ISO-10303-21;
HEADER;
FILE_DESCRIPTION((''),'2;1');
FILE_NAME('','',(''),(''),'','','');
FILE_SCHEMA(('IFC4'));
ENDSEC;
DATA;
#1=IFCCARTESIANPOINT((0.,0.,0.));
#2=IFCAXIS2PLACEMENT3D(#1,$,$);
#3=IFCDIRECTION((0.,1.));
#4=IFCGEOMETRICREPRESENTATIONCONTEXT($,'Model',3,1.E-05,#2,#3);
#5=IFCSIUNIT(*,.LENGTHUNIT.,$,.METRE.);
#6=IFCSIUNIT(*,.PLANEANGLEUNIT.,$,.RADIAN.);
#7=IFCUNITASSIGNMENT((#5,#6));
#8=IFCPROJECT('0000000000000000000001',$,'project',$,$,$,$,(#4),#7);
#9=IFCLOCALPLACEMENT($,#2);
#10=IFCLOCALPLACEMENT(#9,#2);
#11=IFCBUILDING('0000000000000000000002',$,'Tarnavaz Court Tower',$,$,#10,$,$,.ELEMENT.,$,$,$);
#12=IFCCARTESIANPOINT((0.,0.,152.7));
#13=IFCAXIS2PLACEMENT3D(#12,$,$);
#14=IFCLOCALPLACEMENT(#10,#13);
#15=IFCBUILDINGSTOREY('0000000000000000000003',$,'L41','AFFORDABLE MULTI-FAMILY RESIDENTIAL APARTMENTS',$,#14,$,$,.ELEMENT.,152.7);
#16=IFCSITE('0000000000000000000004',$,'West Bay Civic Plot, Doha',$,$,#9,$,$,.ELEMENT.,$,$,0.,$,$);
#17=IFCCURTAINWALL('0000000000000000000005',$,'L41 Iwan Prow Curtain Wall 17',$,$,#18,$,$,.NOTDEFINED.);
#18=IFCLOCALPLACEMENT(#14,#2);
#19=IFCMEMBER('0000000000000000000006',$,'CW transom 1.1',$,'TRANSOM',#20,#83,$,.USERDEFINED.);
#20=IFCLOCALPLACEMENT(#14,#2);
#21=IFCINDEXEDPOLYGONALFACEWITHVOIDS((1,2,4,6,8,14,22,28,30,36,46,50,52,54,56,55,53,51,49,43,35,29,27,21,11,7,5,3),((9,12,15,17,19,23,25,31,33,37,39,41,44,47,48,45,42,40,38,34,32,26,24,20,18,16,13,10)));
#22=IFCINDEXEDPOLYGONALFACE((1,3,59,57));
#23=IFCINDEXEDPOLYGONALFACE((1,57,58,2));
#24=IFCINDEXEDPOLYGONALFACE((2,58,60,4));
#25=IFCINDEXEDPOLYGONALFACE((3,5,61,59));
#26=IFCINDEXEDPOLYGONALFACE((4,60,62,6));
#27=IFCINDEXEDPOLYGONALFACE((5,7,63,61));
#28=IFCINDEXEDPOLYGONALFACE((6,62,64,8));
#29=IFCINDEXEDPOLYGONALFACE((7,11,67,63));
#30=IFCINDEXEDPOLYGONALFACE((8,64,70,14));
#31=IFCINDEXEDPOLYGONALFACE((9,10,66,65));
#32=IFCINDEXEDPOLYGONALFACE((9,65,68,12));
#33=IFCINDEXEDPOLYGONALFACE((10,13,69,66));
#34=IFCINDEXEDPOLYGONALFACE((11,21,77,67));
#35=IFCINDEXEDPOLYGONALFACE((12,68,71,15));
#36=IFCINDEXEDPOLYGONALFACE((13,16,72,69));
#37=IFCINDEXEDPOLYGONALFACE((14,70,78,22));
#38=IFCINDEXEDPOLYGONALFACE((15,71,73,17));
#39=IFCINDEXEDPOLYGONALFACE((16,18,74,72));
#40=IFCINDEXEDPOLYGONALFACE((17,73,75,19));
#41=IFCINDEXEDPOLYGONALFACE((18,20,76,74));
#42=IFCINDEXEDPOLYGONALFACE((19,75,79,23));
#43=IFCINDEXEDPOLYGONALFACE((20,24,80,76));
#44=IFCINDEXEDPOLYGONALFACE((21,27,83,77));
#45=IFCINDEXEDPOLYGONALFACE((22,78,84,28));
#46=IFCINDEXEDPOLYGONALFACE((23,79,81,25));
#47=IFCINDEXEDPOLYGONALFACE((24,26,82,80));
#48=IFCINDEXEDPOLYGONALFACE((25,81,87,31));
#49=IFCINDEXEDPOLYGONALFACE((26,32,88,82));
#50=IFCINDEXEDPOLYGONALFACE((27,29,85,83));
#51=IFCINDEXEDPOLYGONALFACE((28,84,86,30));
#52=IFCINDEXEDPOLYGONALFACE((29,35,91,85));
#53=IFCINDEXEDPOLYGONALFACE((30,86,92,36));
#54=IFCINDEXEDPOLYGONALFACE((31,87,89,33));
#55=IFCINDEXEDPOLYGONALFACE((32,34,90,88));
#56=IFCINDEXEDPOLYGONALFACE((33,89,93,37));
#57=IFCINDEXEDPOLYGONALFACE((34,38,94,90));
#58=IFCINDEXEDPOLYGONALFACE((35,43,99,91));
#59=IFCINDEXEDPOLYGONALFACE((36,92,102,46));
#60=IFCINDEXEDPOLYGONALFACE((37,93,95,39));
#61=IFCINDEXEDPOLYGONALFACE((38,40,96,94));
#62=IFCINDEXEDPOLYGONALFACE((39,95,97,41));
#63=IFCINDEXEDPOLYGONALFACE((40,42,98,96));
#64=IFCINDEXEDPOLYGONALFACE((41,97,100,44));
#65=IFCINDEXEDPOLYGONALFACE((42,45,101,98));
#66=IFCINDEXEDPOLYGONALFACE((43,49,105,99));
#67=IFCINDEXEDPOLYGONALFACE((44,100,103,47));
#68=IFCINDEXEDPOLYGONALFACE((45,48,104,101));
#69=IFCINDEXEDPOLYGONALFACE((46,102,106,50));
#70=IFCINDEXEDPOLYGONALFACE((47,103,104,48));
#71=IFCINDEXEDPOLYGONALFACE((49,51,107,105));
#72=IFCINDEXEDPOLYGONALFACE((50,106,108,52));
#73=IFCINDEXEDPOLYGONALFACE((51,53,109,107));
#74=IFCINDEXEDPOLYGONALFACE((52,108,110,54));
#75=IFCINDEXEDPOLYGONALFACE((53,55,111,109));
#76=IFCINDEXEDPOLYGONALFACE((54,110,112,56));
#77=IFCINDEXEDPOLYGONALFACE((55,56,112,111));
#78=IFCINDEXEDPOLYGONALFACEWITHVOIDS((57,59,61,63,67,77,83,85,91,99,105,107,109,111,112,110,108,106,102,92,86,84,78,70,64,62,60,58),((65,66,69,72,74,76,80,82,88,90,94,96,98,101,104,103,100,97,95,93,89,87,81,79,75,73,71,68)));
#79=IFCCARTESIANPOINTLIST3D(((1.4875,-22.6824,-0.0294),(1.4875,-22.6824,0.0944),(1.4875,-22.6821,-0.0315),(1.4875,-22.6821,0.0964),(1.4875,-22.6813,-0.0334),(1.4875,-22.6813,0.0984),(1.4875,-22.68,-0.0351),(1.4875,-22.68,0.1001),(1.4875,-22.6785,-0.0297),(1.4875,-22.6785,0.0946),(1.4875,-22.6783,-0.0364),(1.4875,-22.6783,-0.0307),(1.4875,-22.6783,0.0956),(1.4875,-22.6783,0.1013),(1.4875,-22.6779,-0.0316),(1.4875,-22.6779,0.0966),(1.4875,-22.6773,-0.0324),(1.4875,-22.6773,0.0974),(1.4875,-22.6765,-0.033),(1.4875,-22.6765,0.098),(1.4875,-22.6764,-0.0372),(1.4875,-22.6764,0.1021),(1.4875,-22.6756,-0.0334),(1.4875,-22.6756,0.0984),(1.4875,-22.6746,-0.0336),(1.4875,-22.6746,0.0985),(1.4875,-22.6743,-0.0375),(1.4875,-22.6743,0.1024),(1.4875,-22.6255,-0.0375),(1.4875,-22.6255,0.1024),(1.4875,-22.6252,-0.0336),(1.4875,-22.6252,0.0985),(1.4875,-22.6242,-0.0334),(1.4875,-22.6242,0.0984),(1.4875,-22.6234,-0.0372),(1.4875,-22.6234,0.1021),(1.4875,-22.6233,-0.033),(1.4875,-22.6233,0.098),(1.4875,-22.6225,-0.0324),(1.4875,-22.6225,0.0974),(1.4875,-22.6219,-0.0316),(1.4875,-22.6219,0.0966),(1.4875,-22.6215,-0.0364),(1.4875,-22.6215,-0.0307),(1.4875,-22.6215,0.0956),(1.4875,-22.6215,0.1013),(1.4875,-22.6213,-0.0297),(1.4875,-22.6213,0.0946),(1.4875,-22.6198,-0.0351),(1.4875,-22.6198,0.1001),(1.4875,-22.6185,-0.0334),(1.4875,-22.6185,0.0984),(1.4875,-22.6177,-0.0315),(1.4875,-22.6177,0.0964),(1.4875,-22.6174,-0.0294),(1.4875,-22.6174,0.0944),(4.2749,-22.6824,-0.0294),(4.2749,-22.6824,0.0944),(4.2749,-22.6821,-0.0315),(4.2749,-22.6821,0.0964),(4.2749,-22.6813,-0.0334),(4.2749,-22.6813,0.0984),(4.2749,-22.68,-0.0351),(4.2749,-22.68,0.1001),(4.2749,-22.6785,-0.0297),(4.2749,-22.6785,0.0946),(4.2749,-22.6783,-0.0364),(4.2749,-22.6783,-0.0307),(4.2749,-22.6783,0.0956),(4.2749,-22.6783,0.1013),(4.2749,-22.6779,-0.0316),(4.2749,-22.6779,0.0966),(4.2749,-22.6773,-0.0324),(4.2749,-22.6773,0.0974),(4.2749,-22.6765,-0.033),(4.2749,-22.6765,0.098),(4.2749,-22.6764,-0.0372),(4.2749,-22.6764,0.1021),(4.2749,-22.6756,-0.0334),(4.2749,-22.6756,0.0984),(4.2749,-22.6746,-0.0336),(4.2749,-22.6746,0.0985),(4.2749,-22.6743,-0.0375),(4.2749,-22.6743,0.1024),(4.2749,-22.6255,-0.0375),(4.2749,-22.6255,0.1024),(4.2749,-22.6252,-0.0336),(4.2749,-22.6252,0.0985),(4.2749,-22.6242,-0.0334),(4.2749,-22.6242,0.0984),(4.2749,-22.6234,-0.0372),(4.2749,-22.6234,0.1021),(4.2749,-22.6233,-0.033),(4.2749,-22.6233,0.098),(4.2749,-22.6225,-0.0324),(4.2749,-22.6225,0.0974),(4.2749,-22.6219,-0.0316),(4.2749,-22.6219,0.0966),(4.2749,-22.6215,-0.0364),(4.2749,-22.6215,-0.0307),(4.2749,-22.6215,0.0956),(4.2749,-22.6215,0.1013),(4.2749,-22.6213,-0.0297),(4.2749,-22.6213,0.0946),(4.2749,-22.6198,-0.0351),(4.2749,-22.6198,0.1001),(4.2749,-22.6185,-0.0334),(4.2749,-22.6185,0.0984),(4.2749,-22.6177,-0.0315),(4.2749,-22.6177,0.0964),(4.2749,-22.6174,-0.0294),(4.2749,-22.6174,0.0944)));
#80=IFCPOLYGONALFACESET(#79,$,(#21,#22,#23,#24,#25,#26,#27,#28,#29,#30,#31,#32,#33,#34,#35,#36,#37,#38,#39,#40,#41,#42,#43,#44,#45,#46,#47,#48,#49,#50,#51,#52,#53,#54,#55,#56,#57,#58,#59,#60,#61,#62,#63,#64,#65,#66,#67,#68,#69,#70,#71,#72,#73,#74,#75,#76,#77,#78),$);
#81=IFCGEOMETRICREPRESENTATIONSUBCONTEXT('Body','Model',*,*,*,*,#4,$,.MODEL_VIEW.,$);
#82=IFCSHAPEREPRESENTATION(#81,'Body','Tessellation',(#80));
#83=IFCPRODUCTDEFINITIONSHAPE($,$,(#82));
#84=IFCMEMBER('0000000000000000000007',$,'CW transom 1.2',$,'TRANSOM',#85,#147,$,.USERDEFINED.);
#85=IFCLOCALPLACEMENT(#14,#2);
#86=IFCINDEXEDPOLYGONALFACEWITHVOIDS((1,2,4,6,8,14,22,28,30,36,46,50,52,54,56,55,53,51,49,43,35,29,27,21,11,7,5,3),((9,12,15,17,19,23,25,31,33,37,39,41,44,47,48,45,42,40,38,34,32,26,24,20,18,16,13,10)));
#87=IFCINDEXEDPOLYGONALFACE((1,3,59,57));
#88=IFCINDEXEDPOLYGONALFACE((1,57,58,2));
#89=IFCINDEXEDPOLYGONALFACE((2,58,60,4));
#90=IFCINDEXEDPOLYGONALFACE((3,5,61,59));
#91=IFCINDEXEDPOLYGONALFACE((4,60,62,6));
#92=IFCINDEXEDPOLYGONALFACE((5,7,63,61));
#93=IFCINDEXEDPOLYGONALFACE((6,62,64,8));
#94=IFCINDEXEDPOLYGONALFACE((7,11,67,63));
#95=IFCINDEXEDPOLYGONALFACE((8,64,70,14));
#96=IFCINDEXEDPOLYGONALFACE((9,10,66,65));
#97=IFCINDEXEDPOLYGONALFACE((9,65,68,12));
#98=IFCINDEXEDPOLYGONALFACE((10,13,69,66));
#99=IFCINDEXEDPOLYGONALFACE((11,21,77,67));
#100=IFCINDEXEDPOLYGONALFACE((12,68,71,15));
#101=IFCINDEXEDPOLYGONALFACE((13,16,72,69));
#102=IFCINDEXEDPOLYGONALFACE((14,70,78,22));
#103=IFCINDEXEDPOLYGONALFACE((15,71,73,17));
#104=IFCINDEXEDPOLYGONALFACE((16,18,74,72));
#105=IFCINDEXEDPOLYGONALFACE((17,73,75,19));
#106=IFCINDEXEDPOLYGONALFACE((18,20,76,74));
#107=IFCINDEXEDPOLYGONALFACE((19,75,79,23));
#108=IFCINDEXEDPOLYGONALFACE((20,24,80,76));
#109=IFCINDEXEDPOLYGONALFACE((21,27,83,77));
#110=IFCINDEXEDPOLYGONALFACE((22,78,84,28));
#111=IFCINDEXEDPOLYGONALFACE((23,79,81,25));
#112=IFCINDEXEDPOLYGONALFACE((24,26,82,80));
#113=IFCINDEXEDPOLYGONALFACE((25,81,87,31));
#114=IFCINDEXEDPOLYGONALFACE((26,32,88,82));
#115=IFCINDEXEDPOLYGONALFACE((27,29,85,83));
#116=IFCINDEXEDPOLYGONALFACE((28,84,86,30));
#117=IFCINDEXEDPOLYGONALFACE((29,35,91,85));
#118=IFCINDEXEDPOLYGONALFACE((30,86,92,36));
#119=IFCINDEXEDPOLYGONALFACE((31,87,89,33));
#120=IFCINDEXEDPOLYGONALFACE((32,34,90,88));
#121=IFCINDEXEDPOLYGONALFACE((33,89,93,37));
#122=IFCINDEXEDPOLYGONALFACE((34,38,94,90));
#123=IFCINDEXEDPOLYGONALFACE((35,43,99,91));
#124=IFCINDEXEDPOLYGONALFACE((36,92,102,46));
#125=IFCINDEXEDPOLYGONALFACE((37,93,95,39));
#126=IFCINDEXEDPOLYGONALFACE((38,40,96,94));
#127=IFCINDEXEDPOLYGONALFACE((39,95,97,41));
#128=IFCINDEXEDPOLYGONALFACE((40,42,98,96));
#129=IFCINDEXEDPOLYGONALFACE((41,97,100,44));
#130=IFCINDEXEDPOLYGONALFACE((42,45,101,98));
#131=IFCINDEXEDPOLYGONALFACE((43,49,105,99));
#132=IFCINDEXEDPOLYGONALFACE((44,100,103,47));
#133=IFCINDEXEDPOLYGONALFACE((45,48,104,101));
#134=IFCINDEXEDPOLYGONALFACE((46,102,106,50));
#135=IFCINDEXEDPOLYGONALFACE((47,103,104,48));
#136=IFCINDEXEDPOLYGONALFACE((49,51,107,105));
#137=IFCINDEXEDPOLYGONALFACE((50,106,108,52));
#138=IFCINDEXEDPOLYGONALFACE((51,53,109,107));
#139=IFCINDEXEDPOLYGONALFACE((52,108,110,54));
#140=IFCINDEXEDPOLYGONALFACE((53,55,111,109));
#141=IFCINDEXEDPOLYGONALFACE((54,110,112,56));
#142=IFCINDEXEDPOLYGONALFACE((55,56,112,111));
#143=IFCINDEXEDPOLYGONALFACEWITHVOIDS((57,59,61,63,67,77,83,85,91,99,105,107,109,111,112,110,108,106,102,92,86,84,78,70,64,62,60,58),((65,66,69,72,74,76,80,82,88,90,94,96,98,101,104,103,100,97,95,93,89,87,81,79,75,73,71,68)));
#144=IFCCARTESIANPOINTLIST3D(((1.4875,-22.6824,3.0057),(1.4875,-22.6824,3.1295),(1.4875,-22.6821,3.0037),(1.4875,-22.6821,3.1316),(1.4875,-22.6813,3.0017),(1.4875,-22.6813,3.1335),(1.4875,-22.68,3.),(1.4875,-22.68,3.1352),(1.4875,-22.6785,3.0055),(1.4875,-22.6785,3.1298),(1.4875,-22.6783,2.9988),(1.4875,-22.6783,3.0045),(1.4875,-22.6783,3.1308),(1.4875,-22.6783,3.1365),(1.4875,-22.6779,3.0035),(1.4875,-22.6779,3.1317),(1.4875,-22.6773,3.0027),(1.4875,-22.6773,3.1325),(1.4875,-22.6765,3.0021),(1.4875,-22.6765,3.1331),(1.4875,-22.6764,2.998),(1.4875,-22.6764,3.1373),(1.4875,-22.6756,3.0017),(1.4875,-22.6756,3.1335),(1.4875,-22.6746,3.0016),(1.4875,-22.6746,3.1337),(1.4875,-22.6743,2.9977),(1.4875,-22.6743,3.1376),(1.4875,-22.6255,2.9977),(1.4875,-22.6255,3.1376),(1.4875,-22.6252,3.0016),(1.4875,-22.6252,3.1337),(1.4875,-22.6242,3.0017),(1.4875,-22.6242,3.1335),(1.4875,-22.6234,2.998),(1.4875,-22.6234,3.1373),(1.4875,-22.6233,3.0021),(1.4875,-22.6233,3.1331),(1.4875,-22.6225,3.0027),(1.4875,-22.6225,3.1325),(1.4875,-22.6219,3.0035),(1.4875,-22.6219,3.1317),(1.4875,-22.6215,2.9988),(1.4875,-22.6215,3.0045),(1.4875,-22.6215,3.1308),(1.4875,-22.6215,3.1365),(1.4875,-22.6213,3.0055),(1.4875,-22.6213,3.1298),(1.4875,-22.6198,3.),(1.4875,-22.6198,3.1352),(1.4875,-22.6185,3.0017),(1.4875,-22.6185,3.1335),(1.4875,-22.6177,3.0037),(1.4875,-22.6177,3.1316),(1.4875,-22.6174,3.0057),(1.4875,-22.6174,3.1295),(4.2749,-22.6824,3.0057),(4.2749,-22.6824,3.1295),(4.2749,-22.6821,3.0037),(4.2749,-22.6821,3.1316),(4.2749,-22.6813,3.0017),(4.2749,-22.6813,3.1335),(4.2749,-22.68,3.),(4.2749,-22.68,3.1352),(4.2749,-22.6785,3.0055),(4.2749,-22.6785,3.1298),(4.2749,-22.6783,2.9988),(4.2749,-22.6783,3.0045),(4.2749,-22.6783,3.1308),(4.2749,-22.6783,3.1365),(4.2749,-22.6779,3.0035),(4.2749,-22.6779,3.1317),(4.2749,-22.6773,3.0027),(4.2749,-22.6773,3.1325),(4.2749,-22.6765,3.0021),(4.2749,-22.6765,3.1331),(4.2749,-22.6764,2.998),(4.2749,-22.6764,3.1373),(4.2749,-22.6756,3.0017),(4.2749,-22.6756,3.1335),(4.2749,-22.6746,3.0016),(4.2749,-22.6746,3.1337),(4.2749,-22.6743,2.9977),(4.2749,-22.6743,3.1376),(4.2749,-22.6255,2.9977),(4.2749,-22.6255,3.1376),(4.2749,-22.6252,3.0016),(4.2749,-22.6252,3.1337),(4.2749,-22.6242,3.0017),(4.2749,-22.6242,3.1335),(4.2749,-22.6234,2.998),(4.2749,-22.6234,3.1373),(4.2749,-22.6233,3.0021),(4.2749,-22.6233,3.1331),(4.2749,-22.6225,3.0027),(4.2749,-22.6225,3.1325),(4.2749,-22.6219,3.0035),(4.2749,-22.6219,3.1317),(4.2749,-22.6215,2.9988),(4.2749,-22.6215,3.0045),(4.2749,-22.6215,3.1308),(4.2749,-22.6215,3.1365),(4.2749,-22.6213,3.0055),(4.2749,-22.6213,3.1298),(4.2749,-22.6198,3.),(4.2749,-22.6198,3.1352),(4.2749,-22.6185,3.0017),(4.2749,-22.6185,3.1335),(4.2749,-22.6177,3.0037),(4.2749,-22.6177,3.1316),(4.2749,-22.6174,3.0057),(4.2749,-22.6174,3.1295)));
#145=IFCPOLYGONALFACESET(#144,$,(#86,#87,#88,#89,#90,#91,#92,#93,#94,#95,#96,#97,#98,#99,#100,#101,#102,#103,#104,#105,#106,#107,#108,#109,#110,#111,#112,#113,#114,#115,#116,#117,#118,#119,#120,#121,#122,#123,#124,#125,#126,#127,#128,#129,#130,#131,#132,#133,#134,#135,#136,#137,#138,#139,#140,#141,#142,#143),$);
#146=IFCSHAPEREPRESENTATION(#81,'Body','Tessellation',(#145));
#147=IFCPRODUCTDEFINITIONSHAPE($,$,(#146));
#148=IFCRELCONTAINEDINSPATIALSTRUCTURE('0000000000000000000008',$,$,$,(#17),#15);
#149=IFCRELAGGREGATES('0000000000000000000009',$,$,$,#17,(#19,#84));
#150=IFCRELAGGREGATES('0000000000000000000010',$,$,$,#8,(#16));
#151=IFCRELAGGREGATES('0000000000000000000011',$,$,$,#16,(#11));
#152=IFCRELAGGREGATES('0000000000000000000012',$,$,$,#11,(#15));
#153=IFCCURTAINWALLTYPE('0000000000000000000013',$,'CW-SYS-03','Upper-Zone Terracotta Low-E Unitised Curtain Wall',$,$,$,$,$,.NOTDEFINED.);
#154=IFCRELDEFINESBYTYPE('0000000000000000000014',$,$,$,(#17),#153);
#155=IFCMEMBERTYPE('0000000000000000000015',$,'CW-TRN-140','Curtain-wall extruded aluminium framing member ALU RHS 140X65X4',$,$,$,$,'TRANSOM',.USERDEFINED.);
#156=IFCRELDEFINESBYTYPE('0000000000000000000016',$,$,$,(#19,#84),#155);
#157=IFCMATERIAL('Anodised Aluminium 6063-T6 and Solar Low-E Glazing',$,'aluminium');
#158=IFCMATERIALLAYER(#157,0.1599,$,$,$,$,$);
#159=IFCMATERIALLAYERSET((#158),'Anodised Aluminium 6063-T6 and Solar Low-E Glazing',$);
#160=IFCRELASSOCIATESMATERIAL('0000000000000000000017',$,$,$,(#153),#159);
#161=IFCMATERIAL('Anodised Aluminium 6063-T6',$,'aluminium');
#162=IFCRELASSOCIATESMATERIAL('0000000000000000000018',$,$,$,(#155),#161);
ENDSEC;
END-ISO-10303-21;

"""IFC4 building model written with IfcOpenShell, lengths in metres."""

from ifc_helpers import new_model, si_unit, direction, frame, origin, origin_2d, place, context, subcontext, project, spatial, hollow_rectangle, extrude, material, layer, layer_set, material_profile, profile_set, type_object, element, aggregate, save


model = new_model("IFC4")

# Units and contexts
model_context = context("Model", 3, precision=1e-05, world=origin(), true_north=direction((0.0, 1.0)))
body_context = subcontext(model_context, "Body", "Model", "MODEL_VIEW")
ifc_project = project(units=[si_unit("LENGTHUNIT", "METRE"), si_unit("PLANEANGLEUNIT", "RADIAN")], contexts=[model_context])

# Site, building, storey
site_placement = place(None, origin())
site = spatial("IfcSite", under=ifc_project, at=site_placement, Name="West Bay Civic Plot, Doha", CompositionType="ELEMENT", RefElevation=0.0)
building_placement = place(site_placement, origin())
building = spatial("IfcBuilding", under=site, at=building_placement, Name="Tarnavaz Court Tower", CompositionType="ELEMENT")
storey_placement = place(building_placement, frame((0.0, 0.0, 152.7)))
storey = spatial("IfcBuildingStorey", under=building, at=storey_placement, Name="L41", Description="AFFORDABLE MULTI-FAMILY RESIDENTIAL APARTMENTS", CompositionType="ELEMENT", Elevation=152.7)

# Curtain wall, members
ifc_material_1 = material(Name="Anodised Aluminium 6063-T6 and Solar Low-E Glazing", Category="aluminium")
ifc_layer_1 = layer(ifc_material_1, 0.1599)
ifc_layer_set_1 = layer_set([ifc_layer_1], Name="Anodised Aluminium 6063-T6 and Solar Low-E Glazing")
curtain_wall_type = type_object("IfcCurtainWallType", Name="CW-SYS-03", Description="Upper-Zone Terracotta Low-E Unitised Curtain Wall", PredefinedType="NOTDEFINED", material=ifc_layer_set_1)
curtain_wall_placement = place(storey_placement, origin())
curtain_wall = element("IfcCurtainWall", 1, at=curtain_wall_placement, inside=storey, type_object=curtain_wall_type, Name="L41 Iwan Prow Curtain Wall 17", PredefinedType="NOTDEFINED")
ifc_material_2 = material(Name="Anodised Aluminium 6063-T6", Category="aluminium")
ifc_material_profile_1 = material_profile(ifc_material_2, hollow_rectangle(XDim=0.0649, YDim=0.1399, WallThickness=0.0039, InnerFilletRadius=0.0039, OuterFilletRadius=0.0081, at=origin_2d()), Name="ALU RHS 140X65X4")
ifc_profile_set_1 = profile_set([ifc_material_profile_1], Name="Anodised Aluminium 6063-T6")
member_type_1 = type_object("IfcMemberType", Name="CW-TRN-140", Description="Curtain-wall extruded aluminium framing member ALU RHS 140X65X4", ElementType="TRANSOM", PredefinedType="USERDEFINED", material=ifc_profile_set_1)
member_1_placement = place(storey_placement, frame((4.2749, -22.6499, 0.0325), z_axis=(-1.0, 0.0, 0.0), x_axis=(0.0, -1.0, 0.0)))
member_1 = element("IfcMember", 2, at=member_1_placement, type_object=member_type_1, Name="CW transom 1.1", ObjectType="TRANSOM", PredefinedType="USERDEFINED", context=body_context, shape_type="SweptSolid", body=[
    extrude(hollow_rectangle(XDim=0.0649, YDim=0.1399, WallThickness=0.0039, InnerFilletRadius=0.0039, OuterFilletRadius=0.0081, at=origin_2d()), origin(), (0.0, 0.0, 1.0), 2.7874),
])
member_2_placement = place(storey_placement, frame((4.2749, -22.6499, 3.0676), z_axis=(-1.0, 0.0, 0.0), x_axis=(0.0, -1.0, 0.0)))
member_2 = element("IfcMember", 3, at=member_2_placement, type_object=member_type_1, Name="CW transom 1.2", ObjectType="TRANSOM", PredefinedType="USERDEFINED", context=body_context, shape_type="SweptSolid", body=[
    extrude(hollow_rectangle(XDim=0.0649, YDim=0.1399, WallThickness=0.0039, InnerFilletRadius=0.0039, OuterFilletRadius=0.0081, at=origin_2d()), origin(), (0.0, 0.0, 1.0), 2.7874),
])
aggregate(curtain_wall, [member_1, member_2])

save(model, "model.ifc")
